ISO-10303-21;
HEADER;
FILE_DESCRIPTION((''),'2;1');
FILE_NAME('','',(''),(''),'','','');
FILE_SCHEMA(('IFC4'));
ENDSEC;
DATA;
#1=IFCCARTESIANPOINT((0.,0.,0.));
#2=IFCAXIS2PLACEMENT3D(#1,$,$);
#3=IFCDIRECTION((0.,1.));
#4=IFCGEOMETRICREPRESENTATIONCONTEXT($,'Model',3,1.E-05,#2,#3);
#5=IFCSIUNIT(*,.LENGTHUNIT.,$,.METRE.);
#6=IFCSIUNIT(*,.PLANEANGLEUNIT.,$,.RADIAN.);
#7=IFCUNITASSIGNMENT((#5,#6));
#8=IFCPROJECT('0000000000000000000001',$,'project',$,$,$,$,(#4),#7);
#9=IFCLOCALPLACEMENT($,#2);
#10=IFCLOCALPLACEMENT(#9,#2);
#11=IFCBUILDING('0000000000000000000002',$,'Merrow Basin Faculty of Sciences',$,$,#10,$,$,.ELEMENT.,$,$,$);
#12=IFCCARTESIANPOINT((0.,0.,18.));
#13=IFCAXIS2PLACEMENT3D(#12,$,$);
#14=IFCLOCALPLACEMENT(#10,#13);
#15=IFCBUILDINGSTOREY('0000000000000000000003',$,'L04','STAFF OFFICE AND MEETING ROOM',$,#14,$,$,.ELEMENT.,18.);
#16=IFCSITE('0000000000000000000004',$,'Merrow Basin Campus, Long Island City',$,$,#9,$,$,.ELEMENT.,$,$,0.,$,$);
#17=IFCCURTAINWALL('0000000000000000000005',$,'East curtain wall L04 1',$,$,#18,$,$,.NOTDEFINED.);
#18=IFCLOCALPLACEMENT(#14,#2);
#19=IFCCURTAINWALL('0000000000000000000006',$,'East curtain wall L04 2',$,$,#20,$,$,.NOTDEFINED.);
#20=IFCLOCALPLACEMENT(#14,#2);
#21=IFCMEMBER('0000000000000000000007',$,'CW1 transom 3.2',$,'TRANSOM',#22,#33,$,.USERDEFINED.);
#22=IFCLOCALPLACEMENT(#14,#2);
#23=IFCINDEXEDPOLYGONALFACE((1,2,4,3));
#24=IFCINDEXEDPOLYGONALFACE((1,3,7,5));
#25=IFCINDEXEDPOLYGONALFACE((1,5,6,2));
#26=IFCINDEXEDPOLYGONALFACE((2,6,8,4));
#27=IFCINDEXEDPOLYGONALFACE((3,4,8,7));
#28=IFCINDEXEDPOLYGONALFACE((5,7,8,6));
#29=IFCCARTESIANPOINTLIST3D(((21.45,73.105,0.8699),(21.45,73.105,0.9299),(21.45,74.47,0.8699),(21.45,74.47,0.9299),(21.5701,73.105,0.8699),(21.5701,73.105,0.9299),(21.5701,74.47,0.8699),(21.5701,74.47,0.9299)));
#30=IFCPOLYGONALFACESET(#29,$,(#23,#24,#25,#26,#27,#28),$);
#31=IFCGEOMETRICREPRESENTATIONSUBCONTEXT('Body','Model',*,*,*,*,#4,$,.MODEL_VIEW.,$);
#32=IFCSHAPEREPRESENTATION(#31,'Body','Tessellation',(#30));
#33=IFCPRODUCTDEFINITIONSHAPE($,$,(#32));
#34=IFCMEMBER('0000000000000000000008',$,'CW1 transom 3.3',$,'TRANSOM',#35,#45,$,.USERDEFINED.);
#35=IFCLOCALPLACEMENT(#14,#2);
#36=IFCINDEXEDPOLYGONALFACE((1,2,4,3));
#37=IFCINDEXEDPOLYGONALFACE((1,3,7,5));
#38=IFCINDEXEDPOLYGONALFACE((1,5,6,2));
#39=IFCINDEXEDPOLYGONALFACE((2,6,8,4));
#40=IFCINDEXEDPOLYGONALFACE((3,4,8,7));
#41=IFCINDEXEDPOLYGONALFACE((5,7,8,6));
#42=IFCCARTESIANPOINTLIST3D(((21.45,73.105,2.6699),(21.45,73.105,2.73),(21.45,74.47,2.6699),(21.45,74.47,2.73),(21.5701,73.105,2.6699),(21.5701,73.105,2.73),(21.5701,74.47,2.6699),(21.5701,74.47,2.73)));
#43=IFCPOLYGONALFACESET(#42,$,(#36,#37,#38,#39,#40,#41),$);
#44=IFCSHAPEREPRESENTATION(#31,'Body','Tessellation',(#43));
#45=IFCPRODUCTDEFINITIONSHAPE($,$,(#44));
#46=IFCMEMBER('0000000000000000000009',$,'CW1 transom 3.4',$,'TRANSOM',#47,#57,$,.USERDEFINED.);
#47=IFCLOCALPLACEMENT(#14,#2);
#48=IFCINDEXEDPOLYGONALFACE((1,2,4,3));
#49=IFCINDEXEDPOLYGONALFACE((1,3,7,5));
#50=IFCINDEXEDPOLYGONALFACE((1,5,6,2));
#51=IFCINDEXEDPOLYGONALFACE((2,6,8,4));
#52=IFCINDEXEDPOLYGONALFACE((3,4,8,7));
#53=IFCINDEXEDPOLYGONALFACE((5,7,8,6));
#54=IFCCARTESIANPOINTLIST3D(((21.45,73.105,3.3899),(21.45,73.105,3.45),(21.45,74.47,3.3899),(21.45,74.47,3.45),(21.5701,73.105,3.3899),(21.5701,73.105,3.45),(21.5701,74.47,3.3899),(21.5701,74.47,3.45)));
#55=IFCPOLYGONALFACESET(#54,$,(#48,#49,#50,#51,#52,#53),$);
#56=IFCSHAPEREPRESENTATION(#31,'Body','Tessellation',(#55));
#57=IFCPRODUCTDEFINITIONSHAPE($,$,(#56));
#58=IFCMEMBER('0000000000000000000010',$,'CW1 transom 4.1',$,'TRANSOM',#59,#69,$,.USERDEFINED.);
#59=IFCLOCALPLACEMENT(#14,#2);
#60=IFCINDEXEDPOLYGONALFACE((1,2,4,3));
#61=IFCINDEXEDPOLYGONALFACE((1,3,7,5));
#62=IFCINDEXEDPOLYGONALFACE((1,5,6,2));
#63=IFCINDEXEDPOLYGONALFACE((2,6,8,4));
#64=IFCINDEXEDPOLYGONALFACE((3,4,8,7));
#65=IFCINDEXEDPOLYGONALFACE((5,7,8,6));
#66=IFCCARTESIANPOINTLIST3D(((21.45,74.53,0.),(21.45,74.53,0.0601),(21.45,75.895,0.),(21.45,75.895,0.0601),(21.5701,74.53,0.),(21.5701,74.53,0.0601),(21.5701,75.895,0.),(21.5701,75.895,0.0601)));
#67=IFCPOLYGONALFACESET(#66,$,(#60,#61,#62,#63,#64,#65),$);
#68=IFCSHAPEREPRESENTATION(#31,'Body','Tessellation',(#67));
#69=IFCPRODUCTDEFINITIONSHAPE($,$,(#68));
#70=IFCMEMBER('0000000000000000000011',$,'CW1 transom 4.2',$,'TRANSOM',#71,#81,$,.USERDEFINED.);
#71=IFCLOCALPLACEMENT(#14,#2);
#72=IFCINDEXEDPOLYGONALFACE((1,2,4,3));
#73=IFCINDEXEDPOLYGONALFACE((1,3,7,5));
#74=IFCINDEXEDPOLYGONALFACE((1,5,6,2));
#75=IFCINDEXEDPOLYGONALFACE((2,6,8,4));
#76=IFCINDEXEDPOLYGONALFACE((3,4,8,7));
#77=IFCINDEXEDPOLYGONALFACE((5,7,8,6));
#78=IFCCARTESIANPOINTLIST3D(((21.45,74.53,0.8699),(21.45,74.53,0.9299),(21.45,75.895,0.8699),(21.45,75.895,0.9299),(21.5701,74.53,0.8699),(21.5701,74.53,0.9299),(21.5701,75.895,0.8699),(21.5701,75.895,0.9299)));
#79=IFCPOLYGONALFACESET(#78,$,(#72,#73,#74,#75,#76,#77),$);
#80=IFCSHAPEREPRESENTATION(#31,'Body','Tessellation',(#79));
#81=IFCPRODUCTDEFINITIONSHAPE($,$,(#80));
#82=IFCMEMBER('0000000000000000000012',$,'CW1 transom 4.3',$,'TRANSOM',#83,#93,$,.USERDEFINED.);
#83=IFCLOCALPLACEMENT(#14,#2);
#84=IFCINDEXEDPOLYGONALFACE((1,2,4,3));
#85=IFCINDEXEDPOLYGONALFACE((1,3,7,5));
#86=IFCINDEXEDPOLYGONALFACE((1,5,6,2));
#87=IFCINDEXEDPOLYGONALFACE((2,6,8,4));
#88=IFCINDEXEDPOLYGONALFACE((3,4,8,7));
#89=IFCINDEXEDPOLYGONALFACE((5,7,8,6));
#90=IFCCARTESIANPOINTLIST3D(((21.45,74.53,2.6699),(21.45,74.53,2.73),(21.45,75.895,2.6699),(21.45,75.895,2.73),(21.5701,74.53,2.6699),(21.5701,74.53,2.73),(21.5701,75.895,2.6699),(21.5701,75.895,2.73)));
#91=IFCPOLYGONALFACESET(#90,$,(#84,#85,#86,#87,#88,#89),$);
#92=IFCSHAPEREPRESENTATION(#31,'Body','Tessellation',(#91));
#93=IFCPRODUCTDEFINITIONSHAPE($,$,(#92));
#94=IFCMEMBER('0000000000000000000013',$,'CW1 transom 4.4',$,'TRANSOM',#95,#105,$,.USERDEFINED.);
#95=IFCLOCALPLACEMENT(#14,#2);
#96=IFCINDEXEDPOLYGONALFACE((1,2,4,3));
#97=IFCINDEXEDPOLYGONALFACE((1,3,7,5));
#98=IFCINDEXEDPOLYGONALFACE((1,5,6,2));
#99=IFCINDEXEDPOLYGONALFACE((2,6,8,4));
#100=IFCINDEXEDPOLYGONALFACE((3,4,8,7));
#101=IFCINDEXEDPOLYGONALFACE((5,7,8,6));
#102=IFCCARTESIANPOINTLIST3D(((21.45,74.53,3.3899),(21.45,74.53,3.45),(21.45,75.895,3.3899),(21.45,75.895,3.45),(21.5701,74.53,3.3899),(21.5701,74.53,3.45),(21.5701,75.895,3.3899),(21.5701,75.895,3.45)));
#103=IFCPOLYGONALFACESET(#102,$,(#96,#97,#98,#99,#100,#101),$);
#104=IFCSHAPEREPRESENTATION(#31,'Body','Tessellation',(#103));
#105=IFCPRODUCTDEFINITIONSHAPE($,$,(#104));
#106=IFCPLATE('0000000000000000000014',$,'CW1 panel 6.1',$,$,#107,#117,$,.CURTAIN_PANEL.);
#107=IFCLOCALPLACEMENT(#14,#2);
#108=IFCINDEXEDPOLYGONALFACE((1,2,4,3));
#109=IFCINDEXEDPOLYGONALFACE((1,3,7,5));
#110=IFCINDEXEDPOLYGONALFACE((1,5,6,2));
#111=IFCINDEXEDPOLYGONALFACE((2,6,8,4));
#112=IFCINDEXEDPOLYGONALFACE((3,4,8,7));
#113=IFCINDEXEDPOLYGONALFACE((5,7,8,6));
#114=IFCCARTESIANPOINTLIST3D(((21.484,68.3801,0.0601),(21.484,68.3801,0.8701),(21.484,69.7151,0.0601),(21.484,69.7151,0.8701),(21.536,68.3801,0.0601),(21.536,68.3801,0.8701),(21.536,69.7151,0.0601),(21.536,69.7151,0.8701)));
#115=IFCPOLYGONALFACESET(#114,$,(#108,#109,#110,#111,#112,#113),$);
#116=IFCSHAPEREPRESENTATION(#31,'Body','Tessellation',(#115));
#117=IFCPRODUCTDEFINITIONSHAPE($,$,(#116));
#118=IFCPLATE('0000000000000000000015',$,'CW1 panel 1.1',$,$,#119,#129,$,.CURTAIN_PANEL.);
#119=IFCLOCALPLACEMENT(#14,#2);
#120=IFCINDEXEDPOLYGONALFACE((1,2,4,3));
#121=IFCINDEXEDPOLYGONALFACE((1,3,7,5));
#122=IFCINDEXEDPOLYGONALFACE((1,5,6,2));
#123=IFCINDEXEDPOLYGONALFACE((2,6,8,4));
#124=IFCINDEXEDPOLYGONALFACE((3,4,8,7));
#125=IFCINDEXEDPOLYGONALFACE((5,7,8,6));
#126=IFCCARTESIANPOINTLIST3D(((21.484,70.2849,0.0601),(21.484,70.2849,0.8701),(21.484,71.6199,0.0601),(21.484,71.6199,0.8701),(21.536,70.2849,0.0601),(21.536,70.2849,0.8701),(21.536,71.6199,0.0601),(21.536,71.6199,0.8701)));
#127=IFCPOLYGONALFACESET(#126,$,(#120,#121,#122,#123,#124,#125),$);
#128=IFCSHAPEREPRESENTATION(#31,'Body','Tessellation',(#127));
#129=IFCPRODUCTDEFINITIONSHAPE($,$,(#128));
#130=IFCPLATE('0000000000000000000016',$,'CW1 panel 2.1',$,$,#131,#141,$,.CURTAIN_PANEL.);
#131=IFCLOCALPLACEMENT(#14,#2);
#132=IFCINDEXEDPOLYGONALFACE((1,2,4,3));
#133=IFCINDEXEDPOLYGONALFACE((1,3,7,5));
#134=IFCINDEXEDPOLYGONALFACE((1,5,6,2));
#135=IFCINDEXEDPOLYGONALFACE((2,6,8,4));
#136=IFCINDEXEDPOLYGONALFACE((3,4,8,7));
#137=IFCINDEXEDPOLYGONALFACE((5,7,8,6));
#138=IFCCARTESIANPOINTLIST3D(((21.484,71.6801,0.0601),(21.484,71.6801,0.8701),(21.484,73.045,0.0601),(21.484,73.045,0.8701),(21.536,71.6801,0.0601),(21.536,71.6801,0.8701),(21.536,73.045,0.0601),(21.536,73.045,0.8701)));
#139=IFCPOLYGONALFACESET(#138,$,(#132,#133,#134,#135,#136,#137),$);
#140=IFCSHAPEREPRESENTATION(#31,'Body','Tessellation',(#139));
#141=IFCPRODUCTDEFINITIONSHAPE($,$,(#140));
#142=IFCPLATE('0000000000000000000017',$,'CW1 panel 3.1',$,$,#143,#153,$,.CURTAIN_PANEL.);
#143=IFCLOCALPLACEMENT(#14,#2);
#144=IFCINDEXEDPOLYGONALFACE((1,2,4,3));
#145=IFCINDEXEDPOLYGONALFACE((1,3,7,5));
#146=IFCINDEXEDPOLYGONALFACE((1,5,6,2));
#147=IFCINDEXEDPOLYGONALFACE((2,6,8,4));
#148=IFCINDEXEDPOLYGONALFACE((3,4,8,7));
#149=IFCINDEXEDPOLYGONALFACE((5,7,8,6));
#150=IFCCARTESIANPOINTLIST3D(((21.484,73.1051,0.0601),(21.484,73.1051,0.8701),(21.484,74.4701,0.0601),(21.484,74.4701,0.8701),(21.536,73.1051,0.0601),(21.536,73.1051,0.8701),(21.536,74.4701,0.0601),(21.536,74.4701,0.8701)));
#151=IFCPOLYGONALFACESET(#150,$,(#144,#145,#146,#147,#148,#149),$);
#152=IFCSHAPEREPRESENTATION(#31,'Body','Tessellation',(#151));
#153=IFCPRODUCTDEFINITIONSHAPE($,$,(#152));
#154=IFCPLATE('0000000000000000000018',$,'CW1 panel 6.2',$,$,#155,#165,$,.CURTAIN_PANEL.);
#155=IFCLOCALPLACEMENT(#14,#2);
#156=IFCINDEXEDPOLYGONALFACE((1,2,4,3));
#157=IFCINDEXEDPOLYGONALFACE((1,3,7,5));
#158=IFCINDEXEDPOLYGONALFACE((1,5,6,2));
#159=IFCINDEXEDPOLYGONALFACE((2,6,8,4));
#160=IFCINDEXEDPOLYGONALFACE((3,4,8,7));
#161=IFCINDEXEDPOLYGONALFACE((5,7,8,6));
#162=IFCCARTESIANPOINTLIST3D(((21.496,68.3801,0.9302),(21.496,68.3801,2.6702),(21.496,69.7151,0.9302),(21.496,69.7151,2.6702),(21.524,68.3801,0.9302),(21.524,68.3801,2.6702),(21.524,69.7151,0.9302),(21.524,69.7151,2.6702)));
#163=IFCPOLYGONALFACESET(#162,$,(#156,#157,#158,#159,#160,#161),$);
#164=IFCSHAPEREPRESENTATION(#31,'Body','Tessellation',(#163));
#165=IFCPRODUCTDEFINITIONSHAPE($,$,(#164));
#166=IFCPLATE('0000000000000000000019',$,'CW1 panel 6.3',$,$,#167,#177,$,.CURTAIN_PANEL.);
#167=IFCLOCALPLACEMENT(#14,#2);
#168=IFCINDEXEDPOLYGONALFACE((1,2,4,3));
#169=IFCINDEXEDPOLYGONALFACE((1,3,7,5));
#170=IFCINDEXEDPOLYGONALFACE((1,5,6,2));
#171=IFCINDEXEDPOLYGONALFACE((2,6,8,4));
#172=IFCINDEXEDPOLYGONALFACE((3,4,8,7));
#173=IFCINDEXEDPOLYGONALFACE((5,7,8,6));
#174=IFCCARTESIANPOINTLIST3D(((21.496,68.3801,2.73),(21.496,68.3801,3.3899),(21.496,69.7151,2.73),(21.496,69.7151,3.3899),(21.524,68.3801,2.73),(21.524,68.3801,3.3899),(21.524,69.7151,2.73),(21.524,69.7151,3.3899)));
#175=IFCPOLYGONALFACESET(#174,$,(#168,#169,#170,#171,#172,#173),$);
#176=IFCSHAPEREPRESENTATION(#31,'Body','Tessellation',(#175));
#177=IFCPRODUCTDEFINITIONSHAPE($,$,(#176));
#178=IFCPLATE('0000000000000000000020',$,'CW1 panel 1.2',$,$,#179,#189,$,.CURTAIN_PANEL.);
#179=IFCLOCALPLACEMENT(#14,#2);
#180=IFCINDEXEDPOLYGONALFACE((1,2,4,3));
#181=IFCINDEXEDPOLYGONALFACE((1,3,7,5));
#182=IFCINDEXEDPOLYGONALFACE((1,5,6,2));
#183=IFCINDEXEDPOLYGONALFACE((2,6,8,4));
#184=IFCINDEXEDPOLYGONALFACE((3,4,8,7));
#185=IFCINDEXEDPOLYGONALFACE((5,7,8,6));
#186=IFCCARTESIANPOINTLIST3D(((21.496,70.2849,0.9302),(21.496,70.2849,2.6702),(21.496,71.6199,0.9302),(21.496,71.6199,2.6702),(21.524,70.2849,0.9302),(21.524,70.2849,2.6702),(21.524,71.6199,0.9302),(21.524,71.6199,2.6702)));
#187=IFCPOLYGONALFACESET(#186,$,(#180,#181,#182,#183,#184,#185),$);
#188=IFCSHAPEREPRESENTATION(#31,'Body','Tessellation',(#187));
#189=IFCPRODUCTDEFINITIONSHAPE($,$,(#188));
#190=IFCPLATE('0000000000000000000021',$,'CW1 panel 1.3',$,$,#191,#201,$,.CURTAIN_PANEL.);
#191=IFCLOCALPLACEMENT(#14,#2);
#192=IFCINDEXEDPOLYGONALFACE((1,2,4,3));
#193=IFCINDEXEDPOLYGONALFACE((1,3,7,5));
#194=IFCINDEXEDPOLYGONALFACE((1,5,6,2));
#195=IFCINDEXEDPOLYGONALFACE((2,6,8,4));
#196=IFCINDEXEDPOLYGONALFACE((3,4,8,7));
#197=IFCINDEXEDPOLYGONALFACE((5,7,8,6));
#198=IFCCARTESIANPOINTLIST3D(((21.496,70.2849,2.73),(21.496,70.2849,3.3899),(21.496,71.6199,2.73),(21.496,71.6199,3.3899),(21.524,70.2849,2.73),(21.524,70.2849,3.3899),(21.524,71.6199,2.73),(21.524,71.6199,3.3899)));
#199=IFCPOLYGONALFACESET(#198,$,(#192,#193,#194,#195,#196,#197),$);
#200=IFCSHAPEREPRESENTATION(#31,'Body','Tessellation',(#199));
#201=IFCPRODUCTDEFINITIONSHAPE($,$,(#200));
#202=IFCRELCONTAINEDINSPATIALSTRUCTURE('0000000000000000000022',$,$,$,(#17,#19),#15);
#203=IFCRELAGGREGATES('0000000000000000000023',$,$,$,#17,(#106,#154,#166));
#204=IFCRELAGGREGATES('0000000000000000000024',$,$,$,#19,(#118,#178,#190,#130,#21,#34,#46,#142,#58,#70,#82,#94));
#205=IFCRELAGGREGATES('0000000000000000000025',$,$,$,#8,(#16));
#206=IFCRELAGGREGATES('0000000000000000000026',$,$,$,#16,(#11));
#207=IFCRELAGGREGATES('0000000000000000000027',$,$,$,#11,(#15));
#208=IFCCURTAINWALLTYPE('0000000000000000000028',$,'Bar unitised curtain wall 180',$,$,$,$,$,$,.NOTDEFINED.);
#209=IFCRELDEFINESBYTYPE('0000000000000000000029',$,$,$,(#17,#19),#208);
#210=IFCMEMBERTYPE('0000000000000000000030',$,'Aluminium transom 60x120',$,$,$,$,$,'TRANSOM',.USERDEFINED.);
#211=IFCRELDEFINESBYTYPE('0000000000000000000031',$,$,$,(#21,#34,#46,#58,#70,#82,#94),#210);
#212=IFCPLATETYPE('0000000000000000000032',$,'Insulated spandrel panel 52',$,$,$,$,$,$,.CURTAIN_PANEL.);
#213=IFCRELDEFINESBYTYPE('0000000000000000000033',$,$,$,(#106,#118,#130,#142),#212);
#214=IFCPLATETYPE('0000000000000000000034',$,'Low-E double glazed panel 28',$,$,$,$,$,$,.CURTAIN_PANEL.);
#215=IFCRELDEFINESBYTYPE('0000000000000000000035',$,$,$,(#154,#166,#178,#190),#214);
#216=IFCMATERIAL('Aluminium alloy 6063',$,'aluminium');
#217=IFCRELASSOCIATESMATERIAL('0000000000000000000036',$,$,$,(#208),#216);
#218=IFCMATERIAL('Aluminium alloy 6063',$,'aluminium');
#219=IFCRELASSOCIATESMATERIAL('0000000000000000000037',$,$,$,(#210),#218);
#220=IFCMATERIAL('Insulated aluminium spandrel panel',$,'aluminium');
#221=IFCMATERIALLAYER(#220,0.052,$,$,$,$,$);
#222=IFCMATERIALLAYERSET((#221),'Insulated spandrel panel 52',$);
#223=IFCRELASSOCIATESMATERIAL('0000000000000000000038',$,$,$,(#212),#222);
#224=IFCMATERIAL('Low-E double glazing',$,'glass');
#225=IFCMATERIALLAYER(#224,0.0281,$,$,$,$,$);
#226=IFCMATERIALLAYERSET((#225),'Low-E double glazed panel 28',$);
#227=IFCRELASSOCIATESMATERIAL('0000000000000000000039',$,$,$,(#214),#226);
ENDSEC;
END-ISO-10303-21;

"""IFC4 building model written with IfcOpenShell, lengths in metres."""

from ifc_helpers import new_model, si_unit, direction, frame, origin, origin_2d, place, context, subcontext, project, spatial, rectangle, extrude, material, layer, layer_set, material_profile, profile_set, type_object, element, aggregate, save


model = new_model("IFC4")

# Units and contexts
model_context = context("Model", 3, precision=1e-05, world=origin(), true_north=direction((0.0, 1.0)))
body_context = subcontext(model_context, "Body", "Model", "MODEL_VIEW")
ifc_project = project(units=[si_unit("LENGTHUNIT", "METRE"), si_unit("PLANEANGLEUNIT", "RADIAN")], contexts=[model_context])

# Site, building, storey
site_placement = place(None, origin())
site = spatial("IfcSite", under=ifc_project, at=site_placement, Name="Merrow Basin Campus, Long Island City", CompositionType="ELEMENT", RefElevation=0.0)
building_placement = place(site_placement, origin())
building = spatial("IfcBuilding", under=site, at=building_placement, Name="Merrow Basin Faculty of Sciences", CompositionType="ELEMENT")
storey_placement = place(building_placement, frame((0.0, 0.0, 18.0)))
storey = spatial("IfcBuildingStorey", under=building, at=storey_placement, Name="L04", Description="STAFF OFFICE AND MEETING ROOM", CompositionType="ELEMENT", Elevation=18.0)

# Curtain wall
ifc_material_1 = material(Name="Aluminium alloy 6063", Category="aluminium")
curtain_wall_type = type_object("IfcCurtainWallType", Name="Bar unitised curtain wall 180", PredefinedType="NOTDEFINED", material=ifc_material_1)
curtain_wall_1_placement = place(storey_placement, origin())
curtain_wall_1 = element("IfcCurtainWall", 1, at=curtain_wall_1_placement, inside=storey, type_object=curtain_wall_type, Name="East curtain wall L04 1", PredefinedType="NOTDEFINED")

# Curtain wall
curtain_wall_2_placement = place(storey_placement, origin())
curtain_wall_2 = element("IfcCurtainWall", 2, at=curtain_wall_2_placement, inside=storey, type_object=curtain_wall_type, Name="East curtain wall L04 2", PredefinedType="NOTDEFINED")

# Members
ifc_material_2 = material(Name="Aluminium alloy 6063", Category="aluminium")
ifc_material_profile_1 = material_profile(ifc_material_2, rectangle(XDim=0.1201, YDim=0.0601, at=origin_2d()))
ifc_profile_set_1 = profile_set([ifc_material_profile_1], Name="Aluminium alloy 6063")
member_type_1 = type_object("IfcMemberType", Name="Aluminium transom 60x120", ElementType="TRANSOM", PredefinedType="USERDEFINED", material=ifc_profile_set_1)
member_1_placement = place(storey_placement, frame((21.51, 73.105, 0.8999), z_axis=(0.0, 1.0, 0.0), x_axis=(-1.0, 0.0, 0.0)))
member_1 = element("IfcMember", 3, at=member_1_placement, type_object=member_type_1, Name="CW1 transom 3.2", ObjectType="TRANSOM", PredefinedType="USERDEFINED", context=body_context, shape_type="SweptSolid", body=[
    extrude(rectangle(XDim=0.1201, YDim=0.0601, at=origin_2d()), origin(), (0.0, 0.0, 1.0), 1.365),
])
member_2_placement = place(storey_placement, frame((21.51, 73.105, 2.7), z_axis=(0.0, 1.0, 0.0), x_axis=(-1.0, 0.0, 0.0)))
member_2 = element("IfcMember", 4, at=member_2_placement, type_object=member_type_1, Name="CW1 transom 3.3", ObjectType="TRANSOM", PredefinedType="USERDEFINED", context=body_context, shape_type="SweptSolid", body=[
    extrude(rectangle(XDim=0.1201, YDim=0.0601, at=origin_2d()), origin(), (0.0, 0.0, 1.0), 1.365),
])
member_3_placement = place(storey_placement, frame((21.51, 73.105, 3.4199), z_axis=(0.0, 1.0, 0.0), x_axis=(-1.0, 0.0, 0.0)))
member_3 = element("IfcMember", 5, at=member_3_placement, type_object=member_type_1, Name="CW1 transom 3.4", ObjectType="TRANSOM", PredefinedType="USERDEFINED", context=body_context, shape_type="SweptSolid", body=[
    extrude(rectangle(XDim=0.1201, YDim=0.0601, at=origin_2d()), origin(), (0.0, 0.0, 1.0), 1.365),
])
member_4_placement = place(storey_placement, frame((21.51, 74.53, 0.03), z_axis=(0.0, 1.0, 0.0), x_axis=(-1.0, 0.0, 0.0)))
member_4 = element("IfcMember", 6, at=member_4_placement, type_object=member_type_1, Name="CW1 transom 4.1", ObjectType="TRANSOM", PredefinedType="USERDEFINED", context=body_context, shape_type="SweptSolid", body=[
    extrude(rectangle(XDim=0.1201, YDim=0.0601, at=origin_2d()), origin(), (0.0, 0.0, 1.0), 1.365),
])
member_5_placement = place(storey_placement, frame((21.51, 74.53, 0.8999), z_axis=(0.0, 1.0, 0.0), x_axis=(-1.0, 0.0, 0.0)))
member_5 = element("IfcMember", 7, at=member_5_placement, type_object=member_type_1, Name="CW1 transom 4.2", ObjectType="TRANSOM", PredefinedType="USERDEFINED", context=body_context, shape_type="SweptSolid", body=[
    extrude(rectangle(XDim=0.1201, YDim=0.0601, at=origin_2d()), origin(), (0.0, 0.0, 1.0), 1.365),
])
member_6_placement = place(storey_placement, frame((21.51, 74.53, 2.7), z_axis=(0.0, 1.0, 0.0), x_axis=(-1.0, 0.0, 0.0)))
member_6 = element("IfcMember", 8, at=member_6_placement, type_object=member_type_1, Name="CW1 transom 4.3", ObjectType="TRANSOM", PredefinedType="USERDEFINED", context=body_context, shape_type="SweptSolid", body=[
    extrude(rectangle(XDim=0.1201, YDim=0.0601, at=origin_2d()), origin(), (0.0, 0.0, 1.0), 1.365),
])
member_7_placement = place(storey_placement, frame((21.51, 74.53, 3.4199), z_axis=(0.0, 1.0, 0.0), x_axis=(-1.0, 0.0, 0.0)))
member_7 = element("IfcMember", 9, at=member_7_placement, type_object=member_type_1, Name="CW1 transom 4.4", ObjectType="TRANSOM", PredefinedType="USERDEFINED", context=body_context, shape_type="SweptSolid", body=[
    extrude(rectangle(XDim=0.1201, YDim=0.0601, at=origin_2d()), origin(), (0.0, 0.0, 1.0), 1.365),
])

# Plates
ifc_material_3 = material(Name="Insulated aluminium spandrel panel", Category="aluminium")
ifc_layer_1 = layer(ifc_material_3, 0.052)
ifc_layer_set_1 = layer_set([ifc_layer_1], Name="Insulated spandrel panel 52")
plate_type_1 = type_object("IfcPlateType", Name="Insulated spandrel panel 52", PredefinedType="CURTAIN_PANEL", material=ifc_layer_set_1)
plate_1_placement = place(storey_placement, frame((21.51, 69.0476, 0.0601), z_axis=(0.0, 0.0, 1.0), x_axis=(0.0, 1.0, 0.0)))
plate_1 = element("IfcPlate", 10, at=plate_1_placement, type_object=plate_type_1, Name="CW1 panel 6.1", PredefinedType="CURTAIN_PANEL", context=body_context, shape_type="SweptSolid", body=[
    extrude(rectangle(XDim=1.335, YDim=0.052, at=origin_2d()), origin(), (0.0, 0.0, 1.0), 0.8101),
])
plate_2_placement = place(storey_placement, frame((21.51, 70.9524, 0.0601), z_axis=(0.0, 0.0, 1.0), x_axis=(0.0, 1.0, 0.0)))
plate_2 = element("IfcPlate", 11, at=plate_2_placement, type_object=plate_type_1, Name="CW1 panel 1.1", PredefinedType="CURTAIN_PANEL", context=body_context, shape_type="SweptSolid", body=[
    extrude(rectangle(XDim=1.335, YDim=0.052, at=origin_2d()), origin(), (0.0, 0.0, 1.0), 0.8101),
])
plate_3_placement = place(storey_placement, frame((21.51, 72.3625, 0.0601), z_axis=(0.0, 0.0, 1.0), x_axis=(0.0, 1.0, 0.0)))
plate_3 = element("IfcPlate", 12, at=plate_3_placement, type_object=plate_type_1, Name="CW1 panel 2.1", PredefinedType="CURTAIN_PANEL", context=body_context, shape_type="SweptSolid", body=[
    extrude(rectangle(XDim=1.365, YDim=0.052, at=origin_2d()), origin(), (0.0, 0.0, 1.0), 0.8101),
])
plate_4_placement = place(storey_placement, frame((21.51, 73.7876, 0.0601), z_axis=(0.0, 0.0, 1.0), x_axis=(0.0, 1.0, 0.0)))
plate_4 = element("IfcPlate", 13, at=plate_4_placement, type_object=plate_type_1, Name="CW1 panel 3.1", PredefinedType="CURTAIN_PANEL", context=body_context, shape_type="SweptSolid", body=[
    extrude(rectangle(XDim=1.365, YDim=0.052, at=origin_2d()), origin(), (0.0, 0.0, 1.0), 0.8101),
])
ifc_material_4 = material(Name="Low-E double glazing", Category="glass")
ifc_layer_2 = layer(ifc_material_4, 0.0281)
ifc_layer_set_2 = layer_set([ifc_layer_2], Name="Low-E double glazed panel 28")
plate_type_2 = type_object("IfcPlateType", Name="Low-E double glazed panel 28", PredefinedType="CURTAIN_PANEL", material=ifc_layer_set_2)
plate_5_placement = place(storey_placement, frame((21.51, 69.0476, 0.9302), z_axis=(0.0, 0.0, 1.0), x_axis=(0.0, 1.0, 0.0)))
plate_5 = element("IfcPlate", 14, at=plate_5_placement, type_object=plate_type_2, Name="CW1 panel 6.2", PredefinedType="CURTAIN_PANEL", context=body_context, shape_type="SweptSolid", body=[
    extrude(rectangle(XDim=1.335, YDim=0.0281, at=origin_2d()), origin(), (0.0, 0.0, 1.0), 1.74),
])
plate_6_placement = place(storey_placement, frame((21.51, 69.0476, 2.73), z_axis=(0.0, 0.0, 1.0), x_axis=(0.0, 1.0, 0.0)))
plate_6 = element("IfcPlate", 15, at=plate_6_placement, type_object=plate_type_2, Name="CW1 panel 6.3", PredefinedType="CURTAIN_PANEL", context=body_context, shape_type="SweptSolid", body=[
    extrude(rectangle(XDim=1.335, YDim=0.0281, at=origin_2d()), origin(), (0.0, 0.0, 1.0), 0.6599),
])
aggregate(curtain_wall_1, [plate_1, plate_5, plate_6])
plate_7_placement = place(storey_placement, frame((21.51, 70.9524, 0.9302), z_axis=(0.0, 0.0, 1.0), x_axis=(0.0, 1.0, 0.0)))
plate_7 = element("IfcPlate", 16, at=plate_7_placement, type_object=plate_type_2, Name="CW1 panel 1.2", PredefinedType="CURTAIN_PANEL", context=body_context, shape_type="SweptSolid", body=[
    extrude(rectangle(XDim=1.335, YDim=0.0281, at=origin_2d()), origin(), (0.0, 0.0, 1.0), 1.74),
])
plate_8_placement = place(storey_placement, frame((21.51, 70.9524, 2.73), z_axis=(0.0, 0.0, 1.0), x_axis=(0.0, 1.0, 0.0)))
plate_8 = element("IfcPlate", 17, at=plate_8_placement, type_object=plate_type_2, Name="CW1 panel 1.3", PredefinedType="CURTAIN_PANEL", context=body_context, shape_type="SweptSolid", body=[
    extrude(rectangle(XDim=1.335, YDim=0.0281, at=origin_2d()), origin(), (0.0, 0.0, 1.0), 0.6599),
])
aggregate(curtain_wall_2, [plate_2, plate_7, plate_8, plate_3, member_1, member_2, member_3, plate_4, member_4, member_5, member_6, member_7])

save(model, "model.ifc")
